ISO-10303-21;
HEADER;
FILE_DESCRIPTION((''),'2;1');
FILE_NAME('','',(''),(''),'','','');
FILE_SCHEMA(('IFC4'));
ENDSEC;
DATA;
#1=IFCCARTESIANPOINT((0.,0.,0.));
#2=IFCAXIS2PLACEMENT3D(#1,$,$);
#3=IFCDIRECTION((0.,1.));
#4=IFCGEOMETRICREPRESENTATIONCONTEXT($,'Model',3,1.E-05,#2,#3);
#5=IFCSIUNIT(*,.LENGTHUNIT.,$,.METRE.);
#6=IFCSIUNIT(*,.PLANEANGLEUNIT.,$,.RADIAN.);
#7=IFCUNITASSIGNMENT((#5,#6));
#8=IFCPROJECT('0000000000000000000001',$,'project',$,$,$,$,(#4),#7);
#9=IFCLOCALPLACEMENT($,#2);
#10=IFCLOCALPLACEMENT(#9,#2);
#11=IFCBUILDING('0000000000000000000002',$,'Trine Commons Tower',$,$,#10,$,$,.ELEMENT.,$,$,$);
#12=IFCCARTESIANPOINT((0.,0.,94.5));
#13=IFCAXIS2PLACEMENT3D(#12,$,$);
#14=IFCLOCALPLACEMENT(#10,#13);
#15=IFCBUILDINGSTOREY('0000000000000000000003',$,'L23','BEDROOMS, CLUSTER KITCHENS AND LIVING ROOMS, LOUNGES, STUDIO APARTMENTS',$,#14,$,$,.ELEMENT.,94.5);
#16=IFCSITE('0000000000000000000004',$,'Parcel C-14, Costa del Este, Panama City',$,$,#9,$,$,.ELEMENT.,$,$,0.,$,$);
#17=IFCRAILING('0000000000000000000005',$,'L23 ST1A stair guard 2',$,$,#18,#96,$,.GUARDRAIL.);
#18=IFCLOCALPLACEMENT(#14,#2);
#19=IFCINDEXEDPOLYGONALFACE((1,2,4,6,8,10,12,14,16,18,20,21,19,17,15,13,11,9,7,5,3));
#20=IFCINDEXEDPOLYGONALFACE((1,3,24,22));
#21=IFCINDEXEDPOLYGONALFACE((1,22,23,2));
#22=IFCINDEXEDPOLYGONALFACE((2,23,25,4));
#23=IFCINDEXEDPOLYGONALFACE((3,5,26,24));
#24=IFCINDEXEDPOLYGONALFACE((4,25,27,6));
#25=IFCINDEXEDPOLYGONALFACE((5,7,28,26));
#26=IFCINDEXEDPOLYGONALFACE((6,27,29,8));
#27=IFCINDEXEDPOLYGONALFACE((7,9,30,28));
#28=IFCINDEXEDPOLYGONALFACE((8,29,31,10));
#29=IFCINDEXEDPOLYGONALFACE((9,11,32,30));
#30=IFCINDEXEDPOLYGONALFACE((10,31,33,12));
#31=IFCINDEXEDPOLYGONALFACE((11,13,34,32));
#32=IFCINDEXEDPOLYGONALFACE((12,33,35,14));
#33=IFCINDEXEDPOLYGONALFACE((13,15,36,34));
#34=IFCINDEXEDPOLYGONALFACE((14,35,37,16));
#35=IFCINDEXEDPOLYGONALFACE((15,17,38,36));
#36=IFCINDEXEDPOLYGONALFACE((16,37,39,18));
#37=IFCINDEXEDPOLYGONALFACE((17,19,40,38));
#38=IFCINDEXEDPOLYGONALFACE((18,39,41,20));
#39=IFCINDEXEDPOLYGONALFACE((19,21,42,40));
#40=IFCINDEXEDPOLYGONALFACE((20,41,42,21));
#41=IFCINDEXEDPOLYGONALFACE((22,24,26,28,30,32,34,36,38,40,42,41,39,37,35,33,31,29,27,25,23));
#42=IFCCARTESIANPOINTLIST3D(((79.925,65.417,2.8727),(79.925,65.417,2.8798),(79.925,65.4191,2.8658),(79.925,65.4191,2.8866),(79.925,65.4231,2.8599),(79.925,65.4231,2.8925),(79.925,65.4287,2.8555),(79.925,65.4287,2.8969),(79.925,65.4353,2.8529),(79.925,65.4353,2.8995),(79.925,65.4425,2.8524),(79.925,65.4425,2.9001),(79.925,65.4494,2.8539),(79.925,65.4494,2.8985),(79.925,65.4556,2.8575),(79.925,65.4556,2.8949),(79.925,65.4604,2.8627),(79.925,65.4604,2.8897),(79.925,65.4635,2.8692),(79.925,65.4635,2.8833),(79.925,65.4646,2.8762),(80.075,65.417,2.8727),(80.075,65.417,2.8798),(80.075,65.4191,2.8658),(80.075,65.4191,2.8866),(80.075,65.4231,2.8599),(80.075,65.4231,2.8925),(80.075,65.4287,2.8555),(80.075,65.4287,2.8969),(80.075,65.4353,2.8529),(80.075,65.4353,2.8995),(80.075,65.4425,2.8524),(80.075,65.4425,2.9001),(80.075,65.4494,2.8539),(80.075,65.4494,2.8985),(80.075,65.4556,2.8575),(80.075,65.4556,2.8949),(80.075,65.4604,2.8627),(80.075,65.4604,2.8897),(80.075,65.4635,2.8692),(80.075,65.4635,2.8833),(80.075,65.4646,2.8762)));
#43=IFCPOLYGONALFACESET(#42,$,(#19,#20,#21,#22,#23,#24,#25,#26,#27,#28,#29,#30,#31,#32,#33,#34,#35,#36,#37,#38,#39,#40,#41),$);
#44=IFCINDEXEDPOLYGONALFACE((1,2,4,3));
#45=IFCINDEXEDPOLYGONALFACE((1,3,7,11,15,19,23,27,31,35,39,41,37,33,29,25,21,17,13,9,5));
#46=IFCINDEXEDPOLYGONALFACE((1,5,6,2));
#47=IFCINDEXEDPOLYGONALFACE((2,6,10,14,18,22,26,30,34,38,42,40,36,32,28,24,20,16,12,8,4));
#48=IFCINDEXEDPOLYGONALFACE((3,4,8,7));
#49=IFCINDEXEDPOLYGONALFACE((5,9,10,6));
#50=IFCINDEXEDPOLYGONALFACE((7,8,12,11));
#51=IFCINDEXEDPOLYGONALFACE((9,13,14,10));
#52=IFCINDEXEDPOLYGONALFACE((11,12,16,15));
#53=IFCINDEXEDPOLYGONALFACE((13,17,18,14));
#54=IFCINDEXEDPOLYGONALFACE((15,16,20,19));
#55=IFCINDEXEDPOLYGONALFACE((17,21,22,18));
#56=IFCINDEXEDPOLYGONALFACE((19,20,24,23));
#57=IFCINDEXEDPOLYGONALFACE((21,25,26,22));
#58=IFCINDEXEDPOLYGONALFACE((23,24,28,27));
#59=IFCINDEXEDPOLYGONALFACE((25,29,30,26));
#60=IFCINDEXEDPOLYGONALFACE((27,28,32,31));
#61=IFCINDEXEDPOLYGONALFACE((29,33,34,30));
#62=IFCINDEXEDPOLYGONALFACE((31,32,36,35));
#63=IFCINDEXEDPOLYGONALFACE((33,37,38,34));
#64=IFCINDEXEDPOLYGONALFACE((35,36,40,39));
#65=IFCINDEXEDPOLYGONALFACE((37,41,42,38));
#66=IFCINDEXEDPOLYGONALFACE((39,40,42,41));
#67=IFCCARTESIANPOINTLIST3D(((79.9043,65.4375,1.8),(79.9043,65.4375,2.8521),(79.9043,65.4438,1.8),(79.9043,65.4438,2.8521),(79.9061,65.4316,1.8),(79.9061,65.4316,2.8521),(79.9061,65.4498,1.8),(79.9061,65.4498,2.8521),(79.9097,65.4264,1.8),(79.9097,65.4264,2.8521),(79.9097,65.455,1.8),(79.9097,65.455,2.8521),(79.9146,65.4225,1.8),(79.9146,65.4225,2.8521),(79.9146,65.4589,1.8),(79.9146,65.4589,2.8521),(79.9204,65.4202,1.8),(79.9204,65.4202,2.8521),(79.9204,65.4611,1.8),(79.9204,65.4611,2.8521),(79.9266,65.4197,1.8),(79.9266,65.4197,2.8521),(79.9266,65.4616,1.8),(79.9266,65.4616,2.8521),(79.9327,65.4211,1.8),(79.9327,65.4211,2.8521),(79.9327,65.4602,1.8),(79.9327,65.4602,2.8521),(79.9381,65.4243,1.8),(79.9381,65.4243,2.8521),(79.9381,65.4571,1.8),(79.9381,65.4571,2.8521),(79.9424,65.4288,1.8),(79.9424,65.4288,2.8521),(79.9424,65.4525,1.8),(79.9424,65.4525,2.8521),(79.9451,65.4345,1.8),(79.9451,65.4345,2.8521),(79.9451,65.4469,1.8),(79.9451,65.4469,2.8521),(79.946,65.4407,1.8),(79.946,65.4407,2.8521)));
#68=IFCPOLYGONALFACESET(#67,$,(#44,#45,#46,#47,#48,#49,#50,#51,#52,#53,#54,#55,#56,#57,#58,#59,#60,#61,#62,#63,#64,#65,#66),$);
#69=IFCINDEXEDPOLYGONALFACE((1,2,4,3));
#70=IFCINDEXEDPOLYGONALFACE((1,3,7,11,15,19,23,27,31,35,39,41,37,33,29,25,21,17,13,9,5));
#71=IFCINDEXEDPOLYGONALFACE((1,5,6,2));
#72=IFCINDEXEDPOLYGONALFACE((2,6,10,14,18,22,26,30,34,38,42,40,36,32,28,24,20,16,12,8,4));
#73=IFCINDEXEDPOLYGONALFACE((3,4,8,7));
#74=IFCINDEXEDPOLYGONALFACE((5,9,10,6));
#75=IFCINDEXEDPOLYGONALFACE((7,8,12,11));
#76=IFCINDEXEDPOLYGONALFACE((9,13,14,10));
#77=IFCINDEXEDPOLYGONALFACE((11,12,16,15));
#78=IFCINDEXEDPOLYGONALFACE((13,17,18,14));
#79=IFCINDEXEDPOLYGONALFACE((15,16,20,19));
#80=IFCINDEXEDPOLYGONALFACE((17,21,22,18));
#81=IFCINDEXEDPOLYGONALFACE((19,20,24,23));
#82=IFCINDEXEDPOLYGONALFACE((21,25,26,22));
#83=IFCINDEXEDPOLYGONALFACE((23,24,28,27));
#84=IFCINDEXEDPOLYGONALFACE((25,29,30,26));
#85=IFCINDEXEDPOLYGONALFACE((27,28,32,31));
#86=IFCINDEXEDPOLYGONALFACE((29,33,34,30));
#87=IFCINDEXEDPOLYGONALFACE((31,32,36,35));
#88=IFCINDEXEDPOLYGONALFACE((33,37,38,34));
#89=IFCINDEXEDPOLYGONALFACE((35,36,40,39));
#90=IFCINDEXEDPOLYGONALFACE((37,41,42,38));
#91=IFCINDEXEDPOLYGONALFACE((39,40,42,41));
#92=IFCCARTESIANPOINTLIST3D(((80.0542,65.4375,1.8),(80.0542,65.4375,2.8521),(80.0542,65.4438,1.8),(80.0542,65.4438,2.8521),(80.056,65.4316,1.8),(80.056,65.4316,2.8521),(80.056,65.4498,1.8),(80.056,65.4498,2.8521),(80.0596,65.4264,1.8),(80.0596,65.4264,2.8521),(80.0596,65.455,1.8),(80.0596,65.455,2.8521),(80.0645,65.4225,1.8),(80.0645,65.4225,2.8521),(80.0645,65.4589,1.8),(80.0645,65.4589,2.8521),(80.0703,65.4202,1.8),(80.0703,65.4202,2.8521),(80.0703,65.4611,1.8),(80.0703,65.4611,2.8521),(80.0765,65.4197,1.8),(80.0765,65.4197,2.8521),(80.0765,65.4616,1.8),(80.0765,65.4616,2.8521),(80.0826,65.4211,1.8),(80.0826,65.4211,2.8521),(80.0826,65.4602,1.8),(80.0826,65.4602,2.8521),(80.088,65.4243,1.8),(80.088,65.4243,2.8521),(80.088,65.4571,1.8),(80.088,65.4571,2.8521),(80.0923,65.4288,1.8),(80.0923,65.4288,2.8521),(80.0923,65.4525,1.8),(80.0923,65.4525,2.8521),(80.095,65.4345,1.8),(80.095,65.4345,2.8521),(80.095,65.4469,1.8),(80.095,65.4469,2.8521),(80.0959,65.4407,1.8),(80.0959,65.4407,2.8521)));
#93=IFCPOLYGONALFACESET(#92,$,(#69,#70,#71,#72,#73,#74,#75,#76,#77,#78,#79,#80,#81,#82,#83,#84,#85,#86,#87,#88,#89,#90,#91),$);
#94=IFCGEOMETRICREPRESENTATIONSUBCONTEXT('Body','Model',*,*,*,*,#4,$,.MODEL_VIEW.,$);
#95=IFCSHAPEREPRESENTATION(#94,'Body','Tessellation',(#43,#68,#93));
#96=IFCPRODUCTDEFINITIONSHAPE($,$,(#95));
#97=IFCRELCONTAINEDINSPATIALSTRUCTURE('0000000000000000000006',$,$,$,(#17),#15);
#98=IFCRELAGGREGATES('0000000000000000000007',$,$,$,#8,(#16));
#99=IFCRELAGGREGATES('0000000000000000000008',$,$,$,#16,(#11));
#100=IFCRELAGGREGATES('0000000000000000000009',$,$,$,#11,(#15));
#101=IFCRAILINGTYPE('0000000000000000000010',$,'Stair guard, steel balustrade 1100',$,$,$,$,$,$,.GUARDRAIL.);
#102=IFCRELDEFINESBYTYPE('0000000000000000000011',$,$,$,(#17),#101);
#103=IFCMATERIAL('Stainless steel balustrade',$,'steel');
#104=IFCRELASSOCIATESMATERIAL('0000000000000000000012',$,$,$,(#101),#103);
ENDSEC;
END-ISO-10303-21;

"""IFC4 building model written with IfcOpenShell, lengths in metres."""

from ifc_helpers import new_model, si_unit, direction, frame, origin, origin_2d, place, context, subcontext, project, spatial, circle, extrude, material, type_object, element, save


model = new_model("IFC4")

# Units and contexts
model_context = context("Model", 3, precision=1e-05, world=origin(), true_north=direction((0.0, 1.0)))
body_context = subcontext(model_context, "Body", "Model", "MODEL_VIEW")
ifc_project = project(units=[si_unit("LENGTHUNIT", "METRE"), si_unit("PLANEANGLEUNIT", "RADIAN")], contexts=[model_context])

# Site, building, storey
site_placement = place(None, origin())
site = spatial("IfcSite", under=ifc_project, at=site_placement, Name="Parcel C-14, Costa del Este, Panama City", CompositionType="ELEMENT", RefElevation=0.0)
building_placement = place(site_placement, origin())
building = spatial("IfcBuilding", under=site, at=building_placement, Name="Trine Commons Tower", CompositionType="ELEMENT")
storey_placement = place(building_placement, frame((0.0, 0.0, 94.5)))
storey = spatial("IfcBuildingStorey", under=building, at=storey_placement, Name="L23", Description="BEDROOMS, CLUSTER KITCHENS AND LIVING ROOMS, LOUNGES, STUDIO APARTMENTS", CompositionType="ELEMENT", Elevation=94.5)

# Railing
ifc_material_1 = material(Name="Stainless steel balustrade", Category="steel")
railing_type_1 = type_object("IfcRailingType", Name="Stair guard, steel balustrade 1100", PredefinedType="GUARDRAIL", material=ifc_material_1)
railing_1_placement = place(storey_placement, frame((79.925, 65.4407, 1.8)))
element("IfcRailing", 1, at=railing_1_placement, inside=storey, type_object=railing_type_1, Name="L23 ST1A stair guard 2", PredefinedType="GUARDRAIL", context=body_context, shape_type="SweptSolid", body=[
    extrude(circle(Radius=0.0239, at=origin_2d()), frame((0.0, 0.0, 1.0762), z_axis=(1.0, 0.0, 0.0), x_axis=(0.0, 1.0, 0.0)), (0.0, 0.0, 1.0), 0.1499),
    extrude(circle(Radius=0.021, at=origin_2d()), origin(), (0.0, 0.0, 1.0), 1.052),
    extrude(circle(Radius=0.021, at=origin_2d()), frame((0.1499, 0.0, 0.0)), (0.0, 0.0, 1.0), 1.052),
])

save(model, "model.ifc")
